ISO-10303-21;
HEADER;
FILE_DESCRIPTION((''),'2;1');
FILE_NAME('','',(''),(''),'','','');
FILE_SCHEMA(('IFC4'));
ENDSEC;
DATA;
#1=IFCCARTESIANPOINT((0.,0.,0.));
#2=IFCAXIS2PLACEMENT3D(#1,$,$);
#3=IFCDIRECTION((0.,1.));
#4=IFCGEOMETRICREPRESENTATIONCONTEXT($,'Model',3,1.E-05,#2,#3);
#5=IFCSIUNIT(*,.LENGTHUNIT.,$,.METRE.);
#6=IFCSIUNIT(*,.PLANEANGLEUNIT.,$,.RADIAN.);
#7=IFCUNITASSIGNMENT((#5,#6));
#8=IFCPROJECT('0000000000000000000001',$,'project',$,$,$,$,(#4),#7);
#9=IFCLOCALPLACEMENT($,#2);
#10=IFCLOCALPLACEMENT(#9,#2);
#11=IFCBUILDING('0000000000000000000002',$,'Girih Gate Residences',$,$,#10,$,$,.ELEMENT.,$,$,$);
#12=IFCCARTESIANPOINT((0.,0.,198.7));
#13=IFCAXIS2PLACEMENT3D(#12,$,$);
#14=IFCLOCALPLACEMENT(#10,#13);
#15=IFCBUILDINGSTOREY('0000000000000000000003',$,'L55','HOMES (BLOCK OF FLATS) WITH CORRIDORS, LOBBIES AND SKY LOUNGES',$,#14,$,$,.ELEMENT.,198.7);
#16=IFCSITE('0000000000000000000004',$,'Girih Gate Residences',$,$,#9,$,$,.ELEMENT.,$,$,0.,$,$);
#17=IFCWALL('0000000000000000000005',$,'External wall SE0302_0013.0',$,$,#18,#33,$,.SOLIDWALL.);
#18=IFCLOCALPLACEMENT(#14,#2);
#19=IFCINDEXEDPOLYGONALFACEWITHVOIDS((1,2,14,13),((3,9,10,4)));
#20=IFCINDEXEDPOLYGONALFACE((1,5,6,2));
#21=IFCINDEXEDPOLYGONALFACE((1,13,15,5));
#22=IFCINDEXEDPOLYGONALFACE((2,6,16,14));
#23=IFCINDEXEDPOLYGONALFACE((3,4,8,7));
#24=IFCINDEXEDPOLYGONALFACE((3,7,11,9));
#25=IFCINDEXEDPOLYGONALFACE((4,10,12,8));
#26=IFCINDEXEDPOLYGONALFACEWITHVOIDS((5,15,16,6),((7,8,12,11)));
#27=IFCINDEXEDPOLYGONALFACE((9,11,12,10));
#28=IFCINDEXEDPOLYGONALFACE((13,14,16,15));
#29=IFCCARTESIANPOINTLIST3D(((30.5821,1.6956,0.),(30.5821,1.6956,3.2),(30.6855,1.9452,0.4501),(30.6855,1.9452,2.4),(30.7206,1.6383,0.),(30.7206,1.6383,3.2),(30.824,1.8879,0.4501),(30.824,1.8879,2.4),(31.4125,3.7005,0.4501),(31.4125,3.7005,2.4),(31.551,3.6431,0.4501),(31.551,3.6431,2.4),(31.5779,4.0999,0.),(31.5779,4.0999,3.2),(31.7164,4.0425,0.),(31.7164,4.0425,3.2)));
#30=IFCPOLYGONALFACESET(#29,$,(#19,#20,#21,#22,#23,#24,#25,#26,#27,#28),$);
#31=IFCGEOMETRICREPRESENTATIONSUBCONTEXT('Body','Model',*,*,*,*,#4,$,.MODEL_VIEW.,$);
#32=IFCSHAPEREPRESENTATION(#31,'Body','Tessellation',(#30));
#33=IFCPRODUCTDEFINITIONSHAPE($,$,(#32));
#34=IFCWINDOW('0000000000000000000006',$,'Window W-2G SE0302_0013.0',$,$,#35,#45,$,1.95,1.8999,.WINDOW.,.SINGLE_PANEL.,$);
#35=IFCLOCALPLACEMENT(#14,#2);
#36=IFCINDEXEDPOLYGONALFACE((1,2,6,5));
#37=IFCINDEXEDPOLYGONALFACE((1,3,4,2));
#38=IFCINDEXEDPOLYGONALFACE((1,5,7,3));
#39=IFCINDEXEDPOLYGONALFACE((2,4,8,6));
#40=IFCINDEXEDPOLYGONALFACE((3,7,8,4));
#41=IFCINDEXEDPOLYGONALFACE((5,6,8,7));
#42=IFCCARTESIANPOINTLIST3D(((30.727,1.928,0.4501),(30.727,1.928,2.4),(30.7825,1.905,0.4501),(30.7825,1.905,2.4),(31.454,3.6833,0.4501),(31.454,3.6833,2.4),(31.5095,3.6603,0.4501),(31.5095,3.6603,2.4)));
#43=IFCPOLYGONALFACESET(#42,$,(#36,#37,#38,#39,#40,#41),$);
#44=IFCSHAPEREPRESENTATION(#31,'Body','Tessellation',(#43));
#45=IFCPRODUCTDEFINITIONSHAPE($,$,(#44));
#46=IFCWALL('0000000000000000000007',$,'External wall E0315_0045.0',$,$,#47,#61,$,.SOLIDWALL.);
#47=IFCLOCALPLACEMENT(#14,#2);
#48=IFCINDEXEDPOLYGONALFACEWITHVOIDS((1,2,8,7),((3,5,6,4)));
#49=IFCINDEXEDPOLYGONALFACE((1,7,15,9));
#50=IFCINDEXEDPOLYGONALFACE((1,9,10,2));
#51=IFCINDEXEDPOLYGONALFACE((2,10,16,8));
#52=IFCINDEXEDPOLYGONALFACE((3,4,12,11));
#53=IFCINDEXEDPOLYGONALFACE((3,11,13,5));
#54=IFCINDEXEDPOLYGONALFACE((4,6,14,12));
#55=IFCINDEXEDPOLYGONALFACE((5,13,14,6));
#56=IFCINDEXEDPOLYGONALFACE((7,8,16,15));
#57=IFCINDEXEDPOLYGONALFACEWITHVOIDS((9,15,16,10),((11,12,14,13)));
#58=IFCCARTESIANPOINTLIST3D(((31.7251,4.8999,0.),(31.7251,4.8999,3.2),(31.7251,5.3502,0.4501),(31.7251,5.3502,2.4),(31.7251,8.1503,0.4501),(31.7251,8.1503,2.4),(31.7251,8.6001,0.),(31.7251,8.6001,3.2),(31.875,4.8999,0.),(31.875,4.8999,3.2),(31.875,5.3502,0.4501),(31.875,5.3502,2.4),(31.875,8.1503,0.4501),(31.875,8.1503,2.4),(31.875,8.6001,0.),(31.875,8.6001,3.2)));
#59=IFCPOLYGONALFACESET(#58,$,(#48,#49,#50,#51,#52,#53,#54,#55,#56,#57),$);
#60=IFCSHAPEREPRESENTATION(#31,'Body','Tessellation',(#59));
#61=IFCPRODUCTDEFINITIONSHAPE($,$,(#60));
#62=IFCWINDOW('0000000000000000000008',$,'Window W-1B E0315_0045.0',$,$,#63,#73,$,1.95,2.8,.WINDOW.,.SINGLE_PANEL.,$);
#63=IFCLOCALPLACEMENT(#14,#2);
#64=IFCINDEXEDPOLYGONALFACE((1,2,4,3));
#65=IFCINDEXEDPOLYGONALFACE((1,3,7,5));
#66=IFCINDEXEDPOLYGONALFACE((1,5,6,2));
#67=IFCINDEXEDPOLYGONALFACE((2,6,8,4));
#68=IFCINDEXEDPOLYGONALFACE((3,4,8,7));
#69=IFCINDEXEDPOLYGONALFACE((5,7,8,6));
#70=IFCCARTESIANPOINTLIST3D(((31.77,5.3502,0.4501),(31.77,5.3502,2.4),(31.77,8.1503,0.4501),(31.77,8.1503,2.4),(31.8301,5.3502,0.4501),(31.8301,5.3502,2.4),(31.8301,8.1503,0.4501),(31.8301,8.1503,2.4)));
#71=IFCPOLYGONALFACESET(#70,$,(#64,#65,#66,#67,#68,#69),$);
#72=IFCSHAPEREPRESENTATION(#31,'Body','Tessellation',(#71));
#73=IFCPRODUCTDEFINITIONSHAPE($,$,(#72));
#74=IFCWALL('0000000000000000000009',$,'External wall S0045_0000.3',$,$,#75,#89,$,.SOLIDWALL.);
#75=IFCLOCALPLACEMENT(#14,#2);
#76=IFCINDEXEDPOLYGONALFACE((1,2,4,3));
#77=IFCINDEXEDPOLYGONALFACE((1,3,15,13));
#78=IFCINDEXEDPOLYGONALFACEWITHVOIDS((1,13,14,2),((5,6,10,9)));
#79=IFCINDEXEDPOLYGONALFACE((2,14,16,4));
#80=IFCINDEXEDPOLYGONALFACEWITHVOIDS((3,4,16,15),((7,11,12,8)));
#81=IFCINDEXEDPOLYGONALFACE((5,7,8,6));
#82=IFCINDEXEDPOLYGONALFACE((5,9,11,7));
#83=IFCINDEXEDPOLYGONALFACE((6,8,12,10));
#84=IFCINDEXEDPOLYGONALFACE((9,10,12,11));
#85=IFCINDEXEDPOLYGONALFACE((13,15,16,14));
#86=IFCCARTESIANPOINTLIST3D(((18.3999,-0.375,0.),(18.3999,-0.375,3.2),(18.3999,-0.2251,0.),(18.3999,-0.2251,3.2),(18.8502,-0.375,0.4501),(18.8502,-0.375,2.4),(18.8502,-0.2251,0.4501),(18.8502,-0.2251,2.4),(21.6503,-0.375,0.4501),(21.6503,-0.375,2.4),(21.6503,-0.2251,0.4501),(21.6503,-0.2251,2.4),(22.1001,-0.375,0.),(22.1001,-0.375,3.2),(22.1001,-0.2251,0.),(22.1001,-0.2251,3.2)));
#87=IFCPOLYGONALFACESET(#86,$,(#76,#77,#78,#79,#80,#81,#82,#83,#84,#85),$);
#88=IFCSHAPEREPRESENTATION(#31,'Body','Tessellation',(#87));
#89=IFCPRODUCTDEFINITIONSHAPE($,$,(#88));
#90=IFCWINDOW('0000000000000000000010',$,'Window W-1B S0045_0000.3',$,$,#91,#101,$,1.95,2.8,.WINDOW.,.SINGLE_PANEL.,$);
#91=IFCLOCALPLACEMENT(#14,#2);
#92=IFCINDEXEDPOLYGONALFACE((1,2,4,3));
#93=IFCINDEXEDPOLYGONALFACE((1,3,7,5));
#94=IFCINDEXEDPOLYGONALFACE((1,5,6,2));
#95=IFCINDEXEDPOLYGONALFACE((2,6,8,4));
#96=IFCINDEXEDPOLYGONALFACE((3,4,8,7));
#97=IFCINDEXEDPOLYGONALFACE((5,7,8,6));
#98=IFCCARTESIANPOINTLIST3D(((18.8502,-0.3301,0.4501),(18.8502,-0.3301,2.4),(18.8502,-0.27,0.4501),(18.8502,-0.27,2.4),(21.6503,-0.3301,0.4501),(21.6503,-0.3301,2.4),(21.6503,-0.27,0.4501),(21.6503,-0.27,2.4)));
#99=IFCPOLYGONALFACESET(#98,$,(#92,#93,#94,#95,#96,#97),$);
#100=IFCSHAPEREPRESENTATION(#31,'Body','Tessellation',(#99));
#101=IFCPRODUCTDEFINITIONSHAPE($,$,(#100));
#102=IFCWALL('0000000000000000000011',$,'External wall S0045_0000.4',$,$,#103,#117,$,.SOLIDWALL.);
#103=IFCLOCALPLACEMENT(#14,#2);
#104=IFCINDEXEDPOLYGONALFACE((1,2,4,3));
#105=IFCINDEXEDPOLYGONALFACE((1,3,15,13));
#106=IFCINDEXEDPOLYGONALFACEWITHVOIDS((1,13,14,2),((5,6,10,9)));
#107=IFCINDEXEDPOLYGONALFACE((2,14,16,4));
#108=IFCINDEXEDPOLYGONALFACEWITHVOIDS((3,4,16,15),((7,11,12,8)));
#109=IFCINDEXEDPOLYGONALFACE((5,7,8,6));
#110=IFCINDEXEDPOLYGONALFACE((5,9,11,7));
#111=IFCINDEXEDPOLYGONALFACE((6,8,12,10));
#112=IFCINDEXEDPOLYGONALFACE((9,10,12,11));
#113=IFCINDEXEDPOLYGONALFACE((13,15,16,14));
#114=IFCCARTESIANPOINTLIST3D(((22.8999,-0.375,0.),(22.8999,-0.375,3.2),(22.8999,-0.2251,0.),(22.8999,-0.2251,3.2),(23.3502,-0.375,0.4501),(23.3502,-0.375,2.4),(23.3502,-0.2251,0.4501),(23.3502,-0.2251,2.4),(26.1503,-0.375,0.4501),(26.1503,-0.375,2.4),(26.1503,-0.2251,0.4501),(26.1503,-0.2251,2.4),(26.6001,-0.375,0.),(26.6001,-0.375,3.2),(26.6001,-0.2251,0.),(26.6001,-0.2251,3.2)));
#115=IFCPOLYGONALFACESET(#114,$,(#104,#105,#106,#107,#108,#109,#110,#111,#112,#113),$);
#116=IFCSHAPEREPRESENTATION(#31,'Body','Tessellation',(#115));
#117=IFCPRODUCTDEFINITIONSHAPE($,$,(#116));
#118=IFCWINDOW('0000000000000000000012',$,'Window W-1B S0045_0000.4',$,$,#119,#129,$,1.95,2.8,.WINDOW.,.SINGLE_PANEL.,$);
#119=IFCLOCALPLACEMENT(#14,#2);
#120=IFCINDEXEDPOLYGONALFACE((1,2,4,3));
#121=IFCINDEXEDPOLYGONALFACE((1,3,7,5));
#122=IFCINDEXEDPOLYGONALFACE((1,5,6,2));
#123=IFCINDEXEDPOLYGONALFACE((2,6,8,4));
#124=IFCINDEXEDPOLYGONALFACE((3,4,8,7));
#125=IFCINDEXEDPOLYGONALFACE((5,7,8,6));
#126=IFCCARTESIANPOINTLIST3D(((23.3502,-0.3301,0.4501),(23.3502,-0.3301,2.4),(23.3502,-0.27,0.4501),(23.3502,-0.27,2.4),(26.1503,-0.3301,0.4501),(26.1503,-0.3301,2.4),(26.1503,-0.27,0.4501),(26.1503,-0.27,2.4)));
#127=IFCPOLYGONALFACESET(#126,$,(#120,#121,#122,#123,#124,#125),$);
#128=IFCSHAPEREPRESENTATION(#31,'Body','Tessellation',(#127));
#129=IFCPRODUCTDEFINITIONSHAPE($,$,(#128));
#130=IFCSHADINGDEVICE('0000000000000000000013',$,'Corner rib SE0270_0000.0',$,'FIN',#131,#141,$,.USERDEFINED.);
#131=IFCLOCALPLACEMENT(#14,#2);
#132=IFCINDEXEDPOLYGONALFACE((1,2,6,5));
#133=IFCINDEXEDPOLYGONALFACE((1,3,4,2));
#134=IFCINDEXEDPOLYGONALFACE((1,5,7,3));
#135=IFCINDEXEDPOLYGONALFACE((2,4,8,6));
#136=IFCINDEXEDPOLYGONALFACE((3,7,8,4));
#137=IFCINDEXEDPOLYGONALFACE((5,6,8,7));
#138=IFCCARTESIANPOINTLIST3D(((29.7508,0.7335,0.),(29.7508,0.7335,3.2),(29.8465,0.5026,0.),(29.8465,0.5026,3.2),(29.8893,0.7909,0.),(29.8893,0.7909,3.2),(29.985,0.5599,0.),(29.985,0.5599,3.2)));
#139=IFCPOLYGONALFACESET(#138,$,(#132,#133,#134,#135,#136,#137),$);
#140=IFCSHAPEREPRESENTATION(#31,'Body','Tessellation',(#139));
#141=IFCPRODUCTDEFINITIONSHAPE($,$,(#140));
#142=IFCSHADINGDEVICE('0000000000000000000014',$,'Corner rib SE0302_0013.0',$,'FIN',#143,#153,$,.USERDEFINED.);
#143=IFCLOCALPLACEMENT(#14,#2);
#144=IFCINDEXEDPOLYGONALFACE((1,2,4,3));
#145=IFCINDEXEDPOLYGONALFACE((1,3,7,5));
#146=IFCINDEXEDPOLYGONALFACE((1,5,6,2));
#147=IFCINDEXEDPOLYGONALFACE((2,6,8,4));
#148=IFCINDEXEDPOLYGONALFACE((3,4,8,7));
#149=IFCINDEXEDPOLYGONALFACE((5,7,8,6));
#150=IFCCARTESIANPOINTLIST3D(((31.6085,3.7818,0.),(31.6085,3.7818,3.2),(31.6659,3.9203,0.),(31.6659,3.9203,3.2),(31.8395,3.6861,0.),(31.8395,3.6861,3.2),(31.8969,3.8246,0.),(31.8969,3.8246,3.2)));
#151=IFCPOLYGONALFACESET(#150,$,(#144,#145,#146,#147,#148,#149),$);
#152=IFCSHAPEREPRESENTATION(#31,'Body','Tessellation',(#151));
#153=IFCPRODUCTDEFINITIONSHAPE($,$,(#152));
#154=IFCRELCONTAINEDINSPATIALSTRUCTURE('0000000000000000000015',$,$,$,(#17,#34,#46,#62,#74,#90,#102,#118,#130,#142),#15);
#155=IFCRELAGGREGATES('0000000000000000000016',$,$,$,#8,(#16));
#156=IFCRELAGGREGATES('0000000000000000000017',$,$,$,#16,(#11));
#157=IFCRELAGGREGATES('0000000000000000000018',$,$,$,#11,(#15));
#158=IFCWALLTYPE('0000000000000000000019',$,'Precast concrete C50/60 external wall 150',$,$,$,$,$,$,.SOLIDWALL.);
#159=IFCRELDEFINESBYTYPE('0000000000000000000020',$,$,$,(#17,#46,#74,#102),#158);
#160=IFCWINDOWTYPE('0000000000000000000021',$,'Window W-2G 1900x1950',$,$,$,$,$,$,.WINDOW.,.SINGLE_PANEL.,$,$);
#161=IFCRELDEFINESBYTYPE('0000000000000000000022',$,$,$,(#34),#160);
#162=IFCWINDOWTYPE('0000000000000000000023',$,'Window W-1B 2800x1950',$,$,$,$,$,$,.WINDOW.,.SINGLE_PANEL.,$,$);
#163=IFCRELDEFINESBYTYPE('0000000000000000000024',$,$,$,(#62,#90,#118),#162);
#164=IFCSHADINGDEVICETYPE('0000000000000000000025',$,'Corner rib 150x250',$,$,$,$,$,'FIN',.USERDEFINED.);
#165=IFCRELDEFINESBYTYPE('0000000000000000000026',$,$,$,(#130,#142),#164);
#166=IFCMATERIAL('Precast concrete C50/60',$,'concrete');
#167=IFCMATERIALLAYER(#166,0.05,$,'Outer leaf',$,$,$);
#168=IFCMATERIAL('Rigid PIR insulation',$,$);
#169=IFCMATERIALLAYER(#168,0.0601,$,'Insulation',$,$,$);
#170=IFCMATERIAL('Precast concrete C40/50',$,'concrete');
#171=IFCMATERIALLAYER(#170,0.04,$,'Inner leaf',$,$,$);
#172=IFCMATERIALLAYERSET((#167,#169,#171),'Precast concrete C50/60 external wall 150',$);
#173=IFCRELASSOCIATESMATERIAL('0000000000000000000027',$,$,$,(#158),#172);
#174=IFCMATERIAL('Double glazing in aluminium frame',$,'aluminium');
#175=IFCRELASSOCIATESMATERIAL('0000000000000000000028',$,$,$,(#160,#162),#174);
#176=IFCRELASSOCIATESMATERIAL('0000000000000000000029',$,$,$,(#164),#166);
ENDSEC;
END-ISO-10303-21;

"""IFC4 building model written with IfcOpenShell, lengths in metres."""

from ifc_helpers import new_model, si_unit, direction, frame, frame_2d, origin, origin_2d, place, context, subcontext, project, spatial, rectangle, extrude, material, layer, layer_set, type_object, element, fill, save


model = new_model("IFC4")

# Units and contexts
model_context = context("Model", 3, precision=1e-05, world=origin(), true_north=direction((0.0, 1.0)))
body_context = subcontext(model_context, "Body", "Model", "MODEL_VIEW")
ifc_project = project(units=[si_unit("LENGTHUNIT", "METRE"), si_unit("PLANEANGLEUNIT", "RADIAN")], contexts=[model_context])

# Site, building, storey
site_placement = place(None, origin())
site = spatial("IfcSite", under=ifc_project, at=site_placement, Name="Girih Gate Residences", CompositionType="ELEMENT", RefElevation=0.0)
building_placement = place(site_placement, origin())
building = spatial("IfcBuilding", under=site, at=building_placement, Name="Girih Gate Residences", CompositionType="ELEMENT")
storey_placement = place(building_placement, frame((0.0, 0.0, 198.7)))
storey = spatial("IfcBuildingStorey", under=building, at=storey_placement, Name="L55", Description="HOMES (BLOCK OF FLATS) WITH CORRIDORS, LOBBIES AND SKY LOUNGES", CompositionType="ELEMENT", Elevation=198.7)

# Walls, openings, windows
ifc_material_1 = material(Name="Precast concrete C50/60", Category="concrete")
ifc_layer_1 = layer(ifc_material_1, 0.05, Name="Outer leaf")
ifc_material_2 = material(Name="Rigid PIR insulation")
ifc_layer_2 = layer(ifc_material_2, 0.0601, Name="Insulation")
ifc_material_3 = material(Name="Precast concrete C40/50", Category="concrete")
ifc_layer_3 = layer(ifc_material_3, 0.04, Name="Inner leaf")
ifc_layer_set_1 = layer_set([ifc_layer_1, ifc_layer_2, ifc_layer_3], Name="Precast concrete C50/60 external wall 150")
wall_type_1 = type_object("IfcWallType", Name="Precast concrete C50/60 external wall 150", PredefinedType="SOLIDWALL", material=ifc_layer_set_1)
ifc_material_4 = material(Name="Double glazing in aluminium frame", Category="aluminium")
window_type_1 = type_object("IfcWindowType", Name="Window W-2G 1900x1950", PartitioningType="SINGLE_PANEL", PredefinedType="WINDOW", material=ifc_material_4)
wall_1_placement = place(storey_placement, frame((31.6472, 4.0713, 0.0), z_axis=(0.0, 0.0, 1.0), x_axis=(-0.382669, -0.923885, 0.0)))
wall_1 = element("IfcWall", 1, at=wall_1_placement, inside=storey, type_object=wall_type_1, Name="External wall SE0302_0013.0", PredefinedType="SOLIDWALL", context=body_context, shape_type="SweptSolid", body=[
    extrude(rectangle(XDim=2.6023, YDim=0.1499, at=frame_2d((1.3013, 0.0))), origin(), (0.0, 0.0, 1.0), 3.2),
])
opening_1_placement = place(wall_1_placement, frame((0.4324, 0.0, 0.45)))
opening_1 = element("IfcOpeningElement", 2, at=opening_1_placement, cuts=wall_1, PredefinedType="OPENING", context=body_context, shape_type="SweptSolid", body=[
    extrude(rectangle(XDim=1.8999, YDim=1.95, at=frame_2d((0.95, 0.9751))), frame((0.0, 0.085, 0.0), z_axis=(0.0, -1.0, 0.0), x_axis=(1.0, 0.0, 0.0)), (0.0, 0.0, 1.0), 0.1699),
])
window_1_placement = place(opening_1_placement, origin())
window_1 = element("IfcWindow", 3, at=window_1_placement, inside=storey, type_object=window_type_1, Name="Window W-2G SE0302_0013.0", OverallHeight=1.95, OverallWidth=1.8999, PartitioningType="SINGLE_PANEL", PredefinedType="WINDOW", context=body_context, shape_type="SweptSolid", body=[
    extrude(rectangle(XDim=1.8999, YDim=1.95, at=frame_2d((0.95, 0.9751))), frame((0.0, 0.03, 0.0), z_axis=(0.0, -1.0, 0.0), x_axis=(1.0, 0.0, 0.0)), (0.0, 0.0, 1.0), 0.0601),
])
fill(opening_1, window_1)
wall_2_placement = place(storey_placement, frame((31.8, 8.6001, 0.0), z_axis=(0.0, 0.0, 1.0), x_axis=(0.0, -1.0, 0.0)))
wall_2 = element("IfcWall", 4, at=wall_2_placement, inside=storey, type_object=wall_type_1, Name="External wall E0315_0045.0", PredefinedType="SOLIDWALL", context=body_context, shape_type="SweptSolid", body=[
    extrude(rectangle(XDim=3.7002, YDim=0.1499, at=frame_2d((1.8501, 0.0))), origin(), (0.0, 0.0, 1.0), 3.2),
])
opening_2_placement = place(wall_2_placement, frame((0.45, 0.0, 0.45)))
opening_2 = element("IfcOpeningElement", 5, at=opening_2_placement, cuts=wall_2, PredefinedType="OPENING", context=body_context, shape_type="SweptSolid", body=[
    extrude(rectangle(XDim=2.8, YDim=1.95, at=frame_2d((1.3999, 0.9751))), frame((0.0, 0.085, 0.0), z_axis=(0.0, -1.0, 0.0), x_axis=(1.0, 0.0, 0.0)), (0.0, 0.0, 1.0), 0.1699),
])
window_type_2 = type_object("IfcWindowType", Name="Window W-1B 2800x1950", PartitioningType="SINGLE_PANEL", PredefinedType="WINDOW", material=ifc_material_4)
window_2_placement = place(opening_2_placement, origin())
window_2 = element("IfcWindow", 6, at=window_2_placement, inside=storey, type_object=window_type_2, Name="Window W-1B E0315_0045.0", OverallHeight=1.95, OverallWidth=2.8, PartitioningType="SINGLE_PANEL", PredefinedType="WINDOW", context=body_context, shape_type="SweptSolid", body=[
    extrude(rectangle(XDim=2.8, YDim=1.95, at=frame_2d((1.3999, 0.9751))), frame((0.0, 0.03, 0.0), z_axis=(0.0, -1.0, 0.0), x_axis=(1.0, 0.0, 0.0)), (0.0, 0.0, 1.0), 0.0601),
])
fill(opening_2, window_2)
wall_3_placement = place(storey_placement, frame((22.1001, -0.3, 0.0), z_axis=(0.0, 0.0, 1.0), x_axis=(-1.0, 0.0, 0.0)))
wall_3 = element("IfcWall", 7, at=wall_3_placement, inside=storey, type_object=wall_type_1, Name="External wall S0045_0000.3", PredefinedType="SOLIDWALL", context=body_context, shape_type="SweptSolid", body=[
    extrude(rectangle(XDim=3.7002, YDim=0.1499, at=frame_2d((1.8501, 0.0))), origin(), (0.0, 0.0, 1.0), 3.2),
])
opening_3_placement = place(wall_3_placement, frame((0.45, 0.0, 0.45)))
opening_3 = element("IfcOpeningElement", 8, at=opening_3_placement, cuts=wall_3, PredefinedType="OPENING", context=body_context, shape_type="SweptSolid", body=[
    extrude(rectangle(XDim=2.8, YDim=1.95, at=frame_2d((1.3999, 0.9751))), frame((0.0, 0.085, 0.0), z_axis=(0.0, -1.0, 0.0), x_axis=(1.0, 0.0, 0.0)), (0.0, 0.0, 1.0), 0.1699),
])
window_3_placement = place(opening_3_placement, origin())
window_3 = element("IfcWindow", 9, at=window_3_placement, inside=storey, type_object=window_type_2, Name="Window W-1B S0045_0000.3", OverallHeight=1.95, OverallWidth=2.8, PartitioningType="SINGLE_PANEL", PredefinedType="WINDOW", context=body_context, shape_type="SweptSolid", body=[
    extrude(rectangle(XDim=2.8, YDim=1.95, at=frame_2d((1.3999, 0.9751))), frame((0.0, 0.03, 0.0), z_axis=(0.0, -1.0, 0.0), x_axis=(1.0, 0.0, 0.0)), (0.0, 0.0, 1.0), 0.0601),
])
fill(opening_3, window_3)
wall_4_placement = place(storey_placement, frame((26.6001, -0.3, 0.0), z_axis=(0.0, 0.0, 1.0), x_axis=(-1.0, 0.0, 0.0)))
wall_4 = element("IfcWall", 10, at=wall_4_placement, inside=storey, type_object=wall_type_1, Name="External wall S0045_0000.4", PredefinedType="SOLIDWALL", context=body_context, shape_type="SweptSolid", body=[
    extrude(rectangle(XDim=3.7002, YDim=0.1499, at=frame_2d((1.8501, 0.0))), origin(), (0.0, 0.0, 1.0), 3.2),
])
opening_4_placement = place(wall_4_placement, frame((0.45, 0.0, 0.45)))
opening_4 = element("IfcOpeningElement", 11, at=opening_4_placement, cuts=wall_4, PredefinedType="OPENING", context=body_context, shape_type="SweptSolid", body=[
    extrude(rectangle(XDim=2.8, YDim=1.95, at=frame_2d((1.3999, 0.9751))), frame((0.0, 0.085, 0.0), z_axis=(0.0, -1.0, 0.0), x_axis=(1.0, 0.0, 0.0)), (0.0, 0.0, 1.0), 0.1699),
])
window_4_placement = place(opening_4_placement, origin())
window_4 = element("IfcWindow", 12, at=window_4_placement, inside=storey, type_object=window_type_2, Name="Window W-1B S0045_0000.4", OverallHeight=1.95, OverallWidth=2.8, PartitioningType="SINGLE_PANEL", PredefinedType="WINDOW", context=body_context, shape_type="SweptSolid", body=[
    extrude(rectangle(XDim=2.8, YDim=1.95, at=frame_2d((1.3999, 0.9751))), frame((0.0, 0.03, 0.0), z_axis=(0.0, -1.0, 0.0), x_axis=(1.0, 0.0, 0.0)), (0.0, 0.0, 1.0), 0.0601),
])
fill(opening_4, window_4)

# Shading devices
shading_device_type = type_object("IfcShadingDeviceType", Name="Corner rib 150x250", ElementType="FIN", PredefinedType="USERDEFINED", material=ifc_material_1)
for number, where, z_axis, x_axis, name in (
    (13, (29.8679, 0.6467, 0.0), (0.0, 0.0, 1.0), (0.92388, 0.382683, 0.0), "Corner rib SE0270_0000.0"),
    (14, (31.7527, 3.8032, 0.0), (0.0, 0.0, 1.0), (0.382683, 0.92388, 0.0), "Corner rib SE0302_0013.0"),
):
    element("IfcShadingDevice", number, at=place(storey_placement, frame(where, z_axis=z_axis, x_axis=x_axis)), inside=storey, type_object=shading_device_type, Name=name, ObjectType="FIN", PredefinedType="USERDEFINED", context=body_context, shape_type="SweptSolid", body=[
        extrude(rectangle(XDim=0.1499, YDim=0.25, at=origin_2d()), origin(), (0.0, 0.0, 1.0), 3.2),
    ])

save(model, "model.ifc")
